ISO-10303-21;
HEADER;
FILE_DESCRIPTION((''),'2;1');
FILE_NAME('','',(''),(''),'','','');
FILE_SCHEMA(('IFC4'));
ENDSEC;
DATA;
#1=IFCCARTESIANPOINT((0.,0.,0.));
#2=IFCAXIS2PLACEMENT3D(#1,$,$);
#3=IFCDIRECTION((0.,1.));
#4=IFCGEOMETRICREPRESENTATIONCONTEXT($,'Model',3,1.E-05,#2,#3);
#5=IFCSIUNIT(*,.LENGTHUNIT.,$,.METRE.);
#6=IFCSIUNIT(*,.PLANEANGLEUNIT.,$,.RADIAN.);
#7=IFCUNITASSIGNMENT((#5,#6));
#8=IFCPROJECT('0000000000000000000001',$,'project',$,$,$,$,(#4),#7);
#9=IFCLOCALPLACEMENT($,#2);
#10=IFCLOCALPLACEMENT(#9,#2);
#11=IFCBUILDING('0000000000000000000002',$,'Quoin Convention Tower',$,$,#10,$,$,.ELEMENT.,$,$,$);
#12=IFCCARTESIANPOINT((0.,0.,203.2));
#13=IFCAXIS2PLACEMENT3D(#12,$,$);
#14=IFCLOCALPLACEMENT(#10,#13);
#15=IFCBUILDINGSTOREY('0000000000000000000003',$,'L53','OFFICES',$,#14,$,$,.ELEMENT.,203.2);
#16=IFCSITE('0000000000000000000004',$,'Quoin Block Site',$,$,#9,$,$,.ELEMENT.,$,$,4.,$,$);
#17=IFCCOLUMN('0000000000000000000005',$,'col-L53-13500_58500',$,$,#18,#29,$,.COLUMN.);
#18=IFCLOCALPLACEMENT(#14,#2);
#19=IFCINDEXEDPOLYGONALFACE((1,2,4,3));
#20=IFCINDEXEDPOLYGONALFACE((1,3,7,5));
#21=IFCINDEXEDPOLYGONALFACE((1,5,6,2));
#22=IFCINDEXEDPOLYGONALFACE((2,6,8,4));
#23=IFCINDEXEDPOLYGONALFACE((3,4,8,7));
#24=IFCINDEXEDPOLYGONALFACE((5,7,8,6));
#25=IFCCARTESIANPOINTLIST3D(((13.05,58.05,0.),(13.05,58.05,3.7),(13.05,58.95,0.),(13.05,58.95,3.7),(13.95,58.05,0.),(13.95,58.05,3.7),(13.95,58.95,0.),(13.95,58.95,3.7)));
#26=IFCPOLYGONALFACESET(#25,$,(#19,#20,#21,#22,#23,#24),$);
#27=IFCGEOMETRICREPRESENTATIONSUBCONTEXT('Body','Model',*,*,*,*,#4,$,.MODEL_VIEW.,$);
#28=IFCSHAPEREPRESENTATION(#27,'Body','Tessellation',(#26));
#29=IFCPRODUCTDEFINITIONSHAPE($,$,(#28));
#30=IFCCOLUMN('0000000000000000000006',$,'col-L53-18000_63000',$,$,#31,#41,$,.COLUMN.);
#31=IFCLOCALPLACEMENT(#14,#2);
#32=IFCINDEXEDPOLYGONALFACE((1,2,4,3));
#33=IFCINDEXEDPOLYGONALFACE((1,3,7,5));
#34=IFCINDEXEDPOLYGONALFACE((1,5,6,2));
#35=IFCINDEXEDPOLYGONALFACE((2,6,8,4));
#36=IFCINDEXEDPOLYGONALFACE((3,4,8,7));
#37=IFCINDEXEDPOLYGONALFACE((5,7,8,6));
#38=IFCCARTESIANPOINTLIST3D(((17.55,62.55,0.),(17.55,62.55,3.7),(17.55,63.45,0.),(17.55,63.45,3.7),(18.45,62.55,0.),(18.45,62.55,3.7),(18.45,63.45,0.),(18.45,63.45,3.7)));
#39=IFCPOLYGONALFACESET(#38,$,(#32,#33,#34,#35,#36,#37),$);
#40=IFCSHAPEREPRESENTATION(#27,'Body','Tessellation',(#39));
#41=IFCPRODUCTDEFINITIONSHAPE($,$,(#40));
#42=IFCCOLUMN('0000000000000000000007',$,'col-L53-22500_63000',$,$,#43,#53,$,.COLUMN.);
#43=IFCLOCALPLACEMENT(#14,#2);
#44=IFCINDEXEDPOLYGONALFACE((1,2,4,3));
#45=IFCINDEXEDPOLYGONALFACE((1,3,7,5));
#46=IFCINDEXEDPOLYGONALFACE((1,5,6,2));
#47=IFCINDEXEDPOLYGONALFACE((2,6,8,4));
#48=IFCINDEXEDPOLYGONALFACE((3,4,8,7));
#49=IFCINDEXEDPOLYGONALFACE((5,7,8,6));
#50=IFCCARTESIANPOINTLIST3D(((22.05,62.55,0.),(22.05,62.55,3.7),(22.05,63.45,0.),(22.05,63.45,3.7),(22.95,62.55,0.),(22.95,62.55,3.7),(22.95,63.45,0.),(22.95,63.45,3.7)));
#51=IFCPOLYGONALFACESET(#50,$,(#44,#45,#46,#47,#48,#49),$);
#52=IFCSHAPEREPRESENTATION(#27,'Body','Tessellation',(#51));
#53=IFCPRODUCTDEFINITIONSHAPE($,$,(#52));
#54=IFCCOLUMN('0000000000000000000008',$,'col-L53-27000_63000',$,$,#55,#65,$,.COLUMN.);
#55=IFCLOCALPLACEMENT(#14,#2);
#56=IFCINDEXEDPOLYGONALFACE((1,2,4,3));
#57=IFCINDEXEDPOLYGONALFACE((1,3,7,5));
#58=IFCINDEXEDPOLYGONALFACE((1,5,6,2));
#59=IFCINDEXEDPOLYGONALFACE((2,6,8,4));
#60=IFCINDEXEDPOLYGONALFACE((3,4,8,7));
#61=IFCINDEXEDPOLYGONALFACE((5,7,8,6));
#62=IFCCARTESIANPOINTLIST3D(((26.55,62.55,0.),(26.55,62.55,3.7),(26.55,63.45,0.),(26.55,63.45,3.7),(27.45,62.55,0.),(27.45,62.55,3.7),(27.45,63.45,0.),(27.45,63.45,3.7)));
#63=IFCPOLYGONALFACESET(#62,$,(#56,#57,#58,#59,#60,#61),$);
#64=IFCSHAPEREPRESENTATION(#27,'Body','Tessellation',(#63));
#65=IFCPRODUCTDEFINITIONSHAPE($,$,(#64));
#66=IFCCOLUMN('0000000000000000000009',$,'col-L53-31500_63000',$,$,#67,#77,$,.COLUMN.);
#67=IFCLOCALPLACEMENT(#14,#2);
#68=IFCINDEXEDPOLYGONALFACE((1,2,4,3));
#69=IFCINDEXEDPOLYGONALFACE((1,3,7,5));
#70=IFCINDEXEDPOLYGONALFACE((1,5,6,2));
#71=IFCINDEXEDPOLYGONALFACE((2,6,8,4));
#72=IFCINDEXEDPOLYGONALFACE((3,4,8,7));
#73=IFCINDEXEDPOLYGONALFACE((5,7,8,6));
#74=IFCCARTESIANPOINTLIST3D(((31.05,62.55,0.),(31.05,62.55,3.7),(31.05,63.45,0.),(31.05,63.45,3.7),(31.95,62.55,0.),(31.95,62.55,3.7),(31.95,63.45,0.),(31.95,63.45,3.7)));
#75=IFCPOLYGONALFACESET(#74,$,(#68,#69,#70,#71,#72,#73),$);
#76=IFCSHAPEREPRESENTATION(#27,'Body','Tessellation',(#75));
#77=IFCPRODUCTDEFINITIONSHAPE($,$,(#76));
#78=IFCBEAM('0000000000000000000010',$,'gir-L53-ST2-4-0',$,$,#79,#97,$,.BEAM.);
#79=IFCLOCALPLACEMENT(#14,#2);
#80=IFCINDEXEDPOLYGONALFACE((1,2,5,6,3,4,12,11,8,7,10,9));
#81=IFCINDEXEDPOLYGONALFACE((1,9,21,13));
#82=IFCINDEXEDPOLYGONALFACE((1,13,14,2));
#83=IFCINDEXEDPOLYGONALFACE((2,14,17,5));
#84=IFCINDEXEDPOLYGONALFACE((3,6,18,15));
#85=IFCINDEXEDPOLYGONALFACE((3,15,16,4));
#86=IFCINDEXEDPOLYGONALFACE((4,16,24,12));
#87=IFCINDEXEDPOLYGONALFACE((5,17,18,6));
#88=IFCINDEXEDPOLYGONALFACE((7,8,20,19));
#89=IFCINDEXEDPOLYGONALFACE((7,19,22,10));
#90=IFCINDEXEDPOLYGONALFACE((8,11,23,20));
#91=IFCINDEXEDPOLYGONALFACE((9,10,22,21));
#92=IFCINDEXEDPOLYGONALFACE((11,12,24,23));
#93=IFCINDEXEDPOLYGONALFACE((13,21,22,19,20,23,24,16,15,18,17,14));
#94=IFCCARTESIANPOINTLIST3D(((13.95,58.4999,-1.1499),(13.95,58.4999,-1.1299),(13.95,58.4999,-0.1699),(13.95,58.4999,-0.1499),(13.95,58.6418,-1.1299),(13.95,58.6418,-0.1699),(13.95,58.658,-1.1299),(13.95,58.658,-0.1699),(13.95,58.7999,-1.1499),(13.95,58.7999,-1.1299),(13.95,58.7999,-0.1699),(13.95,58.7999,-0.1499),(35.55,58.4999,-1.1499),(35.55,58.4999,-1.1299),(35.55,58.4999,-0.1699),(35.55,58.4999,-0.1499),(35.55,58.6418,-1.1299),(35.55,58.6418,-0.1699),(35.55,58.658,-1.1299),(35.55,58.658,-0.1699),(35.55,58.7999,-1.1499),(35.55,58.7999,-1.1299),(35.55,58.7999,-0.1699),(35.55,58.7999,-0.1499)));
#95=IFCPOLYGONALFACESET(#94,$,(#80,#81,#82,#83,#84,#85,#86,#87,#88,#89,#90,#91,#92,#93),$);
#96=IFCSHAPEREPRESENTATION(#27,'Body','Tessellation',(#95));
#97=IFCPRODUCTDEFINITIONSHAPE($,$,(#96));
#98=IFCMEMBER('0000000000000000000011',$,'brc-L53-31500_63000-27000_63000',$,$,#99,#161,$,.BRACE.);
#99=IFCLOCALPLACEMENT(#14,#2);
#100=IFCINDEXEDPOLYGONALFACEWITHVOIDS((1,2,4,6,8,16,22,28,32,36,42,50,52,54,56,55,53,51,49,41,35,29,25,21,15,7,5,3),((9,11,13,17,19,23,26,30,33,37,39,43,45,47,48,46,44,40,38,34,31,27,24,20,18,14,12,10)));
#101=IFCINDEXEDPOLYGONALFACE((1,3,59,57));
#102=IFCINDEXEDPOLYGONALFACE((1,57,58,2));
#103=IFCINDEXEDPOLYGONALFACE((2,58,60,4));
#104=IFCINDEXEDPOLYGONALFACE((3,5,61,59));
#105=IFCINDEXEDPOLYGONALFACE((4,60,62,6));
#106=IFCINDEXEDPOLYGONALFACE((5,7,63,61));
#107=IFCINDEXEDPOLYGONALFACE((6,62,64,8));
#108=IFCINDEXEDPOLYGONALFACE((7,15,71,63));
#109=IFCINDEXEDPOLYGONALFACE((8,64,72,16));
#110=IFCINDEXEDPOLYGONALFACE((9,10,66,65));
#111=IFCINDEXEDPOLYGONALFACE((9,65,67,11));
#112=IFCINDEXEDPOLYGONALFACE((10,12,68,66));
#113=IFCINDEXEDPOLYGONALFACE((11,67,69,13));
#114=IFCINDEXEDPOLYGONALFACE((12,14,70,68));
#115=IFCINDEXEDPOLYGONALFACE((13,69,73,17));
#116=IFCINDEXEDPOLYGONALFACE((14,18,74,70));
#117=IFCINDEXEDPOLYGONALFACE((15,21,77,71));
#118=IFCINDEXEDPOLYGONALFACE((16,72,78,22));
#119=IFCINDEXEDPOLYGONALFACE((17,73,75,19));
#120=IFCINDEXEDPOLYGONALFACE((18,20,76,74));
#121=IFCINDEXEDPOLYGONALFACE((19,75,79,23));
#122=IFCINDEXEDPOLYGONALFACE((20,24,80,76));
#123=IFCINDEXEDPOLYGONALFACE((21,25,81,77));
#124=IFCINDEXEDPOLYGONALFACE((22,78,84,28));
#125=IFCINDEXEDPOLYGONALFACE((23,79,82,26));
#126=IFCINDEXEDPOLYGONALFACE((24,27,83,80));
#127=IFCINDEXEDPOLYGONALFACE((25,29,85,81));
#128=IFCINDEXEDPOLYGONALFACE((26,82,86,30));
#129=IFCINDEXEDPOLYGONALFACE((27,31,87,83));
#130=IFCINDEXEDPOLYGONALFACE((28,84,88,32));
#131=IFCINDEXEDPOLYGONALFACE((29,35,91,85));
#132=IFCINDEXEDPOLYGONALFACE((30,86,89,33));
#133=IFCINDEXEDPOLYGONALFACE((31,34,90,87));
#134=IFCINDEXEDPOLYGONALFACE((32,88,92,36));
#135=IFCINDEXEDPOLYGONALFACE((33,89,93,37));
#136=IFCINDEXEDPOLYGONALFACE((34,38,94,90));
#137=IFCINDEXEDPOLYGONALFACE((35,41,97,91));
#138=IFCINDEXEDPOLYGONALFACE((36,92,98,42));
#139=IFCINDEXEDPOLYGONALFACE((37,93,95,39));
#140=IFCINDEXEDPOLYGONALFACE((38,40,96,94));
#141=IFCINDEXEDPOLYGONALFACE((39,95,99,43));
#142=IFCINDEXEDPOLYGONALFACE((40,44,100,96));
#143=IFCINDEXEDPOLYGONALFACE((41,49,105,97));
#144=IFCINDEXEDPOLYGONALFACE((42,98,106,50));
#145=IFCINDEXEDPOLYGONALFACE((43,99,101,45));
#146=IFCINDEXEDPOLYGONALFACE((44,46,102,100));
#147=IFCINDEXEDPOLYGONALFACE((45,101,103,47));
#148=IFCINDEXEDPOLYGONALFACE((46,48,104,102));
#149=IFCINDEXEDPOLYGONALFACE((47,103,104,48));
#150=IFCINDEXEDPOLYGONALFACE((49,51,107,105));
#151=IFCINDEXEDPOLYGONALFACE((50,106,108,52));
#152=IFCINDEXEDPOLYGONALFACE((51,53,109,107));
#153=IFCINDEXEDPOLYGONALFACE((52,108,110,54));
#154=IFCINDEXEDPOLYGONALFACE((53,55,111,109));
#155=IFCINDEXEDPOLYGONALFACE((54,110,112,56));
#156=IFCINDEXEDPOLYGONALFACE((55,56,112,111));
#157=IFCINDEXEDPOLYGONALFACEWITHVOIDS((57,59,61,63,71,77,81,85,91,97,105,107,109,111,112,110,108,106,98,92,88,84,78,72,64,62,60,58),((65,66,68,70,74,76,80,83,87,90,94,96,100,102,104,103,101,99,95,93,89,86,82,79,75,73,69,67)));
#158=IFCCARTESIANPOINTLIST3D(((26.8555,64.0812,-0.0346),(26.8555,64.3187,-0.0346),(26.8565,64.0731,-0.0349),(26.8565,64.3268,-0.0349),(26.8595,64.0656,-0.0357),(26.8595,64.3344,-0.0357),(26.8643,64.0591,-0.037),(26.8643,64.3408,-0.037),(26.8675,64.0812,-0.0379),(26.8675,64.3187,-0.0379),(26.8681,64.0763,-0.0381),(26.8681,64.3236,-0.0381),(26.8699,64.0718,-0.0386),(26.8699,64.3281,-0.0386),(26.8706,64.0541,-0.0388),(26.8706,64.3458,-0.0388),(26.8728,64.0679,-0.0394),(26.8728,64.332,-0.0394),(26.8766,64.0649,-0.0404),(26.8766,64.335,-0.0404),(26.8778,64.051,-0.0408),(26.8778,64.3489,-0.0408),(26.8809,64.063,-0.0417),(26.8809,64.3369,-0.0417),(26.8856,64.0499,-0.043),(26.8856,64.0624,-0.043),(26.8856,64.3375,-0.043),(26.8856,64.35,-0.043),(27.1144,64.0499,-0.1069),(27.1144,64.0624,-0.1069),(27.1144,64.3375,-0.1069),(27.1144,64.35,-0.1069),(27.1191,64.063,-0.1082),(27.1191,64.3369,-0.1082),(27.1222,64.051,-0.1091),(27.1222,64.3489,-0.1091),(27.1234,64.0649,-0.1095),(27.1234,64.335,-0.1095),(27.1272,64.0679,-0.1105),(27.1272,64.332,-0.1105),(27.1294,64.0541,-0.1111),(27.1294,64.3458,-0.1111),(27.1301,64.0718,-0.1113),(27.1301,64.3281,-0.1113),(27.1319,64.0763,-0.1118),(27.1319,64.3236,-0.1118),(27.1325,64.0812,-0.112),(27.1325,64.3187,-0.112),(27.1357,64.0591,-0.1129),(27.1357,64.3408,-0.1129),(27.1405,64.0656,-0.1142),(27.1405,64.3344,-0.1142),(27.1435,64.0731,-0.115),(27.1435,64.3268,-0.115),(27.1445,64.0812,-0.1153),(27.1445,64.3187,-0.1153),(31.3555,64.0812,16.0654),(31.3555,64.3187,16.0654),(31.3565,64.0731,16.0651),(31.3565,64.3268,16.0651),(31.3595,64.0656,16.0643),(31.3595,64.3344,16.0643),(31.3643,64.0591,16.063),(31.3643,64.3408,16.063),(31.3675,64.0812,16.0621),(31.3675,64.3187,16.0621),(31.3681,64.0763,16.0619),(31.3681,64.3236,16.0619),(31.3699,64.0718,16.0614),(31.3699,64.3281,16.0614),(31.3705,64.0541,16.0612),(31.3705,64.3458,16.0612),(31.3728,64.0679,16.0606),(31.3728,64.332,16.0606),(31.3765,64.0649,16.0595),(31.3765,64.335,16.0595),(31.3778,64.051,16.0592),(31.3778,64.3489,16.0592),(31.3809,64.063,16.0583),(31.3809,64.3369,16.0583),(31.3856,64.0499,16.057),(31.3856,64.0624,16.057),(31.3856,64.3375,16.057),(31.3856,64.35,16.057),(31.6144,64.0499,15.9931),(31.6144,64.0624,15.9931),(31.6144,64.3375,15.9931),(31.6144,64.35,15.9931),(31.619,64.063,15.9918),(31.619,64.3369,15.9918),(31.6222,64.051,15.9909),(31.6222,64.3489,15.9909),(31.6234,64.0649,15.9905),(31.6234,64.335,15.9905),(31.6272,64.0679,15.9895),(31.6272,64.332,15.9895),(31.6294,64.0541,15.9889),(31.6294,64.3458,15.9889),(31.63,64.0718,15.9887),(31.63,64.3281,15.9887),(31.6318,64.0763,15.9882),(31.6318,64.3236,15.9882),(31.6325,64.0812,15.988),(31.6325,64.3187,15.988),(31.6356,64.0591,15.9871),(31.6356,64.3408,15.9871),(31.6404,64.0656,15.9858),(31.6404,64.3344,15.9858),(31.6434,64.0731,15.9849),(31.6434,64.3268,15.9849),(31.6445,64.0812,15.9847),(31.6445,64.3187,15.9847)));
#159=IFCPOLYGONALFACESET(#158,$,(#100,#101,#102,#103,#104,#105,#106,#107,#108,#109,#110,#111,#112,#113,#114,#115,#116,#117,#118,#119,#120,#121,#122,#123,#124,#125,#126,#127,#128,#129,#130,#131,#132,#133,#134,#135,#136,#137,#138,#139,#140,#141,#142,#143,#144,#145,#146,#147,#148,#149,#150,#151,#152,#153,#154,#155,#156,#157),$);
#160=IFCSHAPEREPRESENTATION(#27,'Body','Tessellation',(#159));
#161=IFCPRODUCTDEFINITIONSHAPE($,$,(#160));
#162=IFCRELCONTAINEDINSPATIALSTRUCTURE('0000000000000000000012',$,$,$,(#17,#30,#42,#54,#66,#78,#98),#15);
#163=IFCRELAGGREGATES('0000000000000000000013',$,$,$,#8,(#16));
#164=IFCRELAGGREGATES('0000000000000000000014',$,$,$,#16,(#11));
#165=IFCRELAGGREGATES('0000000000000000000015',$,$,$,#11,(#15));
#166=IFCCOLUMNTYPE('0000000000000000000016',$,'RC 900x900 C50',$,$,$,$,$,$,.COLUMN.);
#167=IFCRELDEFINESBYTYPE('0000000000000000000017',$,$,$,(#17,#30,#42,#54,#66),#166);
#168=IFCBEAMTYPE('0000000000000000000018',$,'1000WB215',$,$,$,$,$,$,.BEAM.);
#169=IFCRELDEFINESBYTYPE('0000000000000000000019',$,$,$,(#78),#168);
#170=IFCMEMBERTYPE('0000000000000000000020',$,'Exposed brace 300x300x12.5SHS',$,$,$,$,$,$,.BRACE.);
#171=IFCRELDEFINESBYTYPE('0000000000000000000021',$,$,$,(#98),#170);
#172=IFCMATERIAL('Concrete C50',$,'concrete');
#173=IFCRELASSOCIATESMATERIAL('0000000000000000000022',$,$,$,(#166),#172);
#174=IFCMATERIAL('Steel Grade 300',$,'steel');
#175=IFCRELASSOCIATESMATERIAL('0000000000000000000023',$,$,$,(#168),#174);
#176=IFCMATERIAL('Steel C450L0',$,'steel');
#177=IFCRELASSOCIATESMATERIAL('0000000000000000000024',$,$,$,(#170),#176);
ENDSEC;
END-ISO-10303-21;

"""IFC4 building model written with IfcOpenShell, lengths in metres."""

from ifc_helpers import new_model, si_unit, direction, frame, origin, origin_2d, place, context, subcontext, project, spatial, rectangle, hollow_rectangle, i_section, extrude, material, material_profile, profile_set, type_object, element, save


model = new_model("IFC4")

# Units and contexts
model_context = context("Model", 3, precision=1e-05, world=origin(), true_north=direction((0.0, 1.0)))
body_context = subcontext(model_context, "Body", "Model", "MODEL_VIEW")
ifc_project = project(units=[si_unit("LENGTHUNIT", "METRE"), si_unit("PLANEANGLEUNIT", "RADIAN")], contexts=[model_context])

# Site, building, storey
site_placement = place(None, origin())
site = spatial("IfcSite", under=ifc_project, at=site_placement, Name="Quoin Block Site", CompositionType="ELEMENT", RefElevation=4.0)
building_placement = place(site_placement, origin())
building = spatial("IfcBuilding", under=site, at=building_placement, Name="Quoin Convention Tower", CompositionType="ELEMENT")
storey_placement = place(building_placement, frame((0.0, 0.0, 203.2)))
storey = spatial("IfcBuildingStorey", under=building, at=storey_placement, Name="L53", Description="OFFICES", CompositionType="ELEMENT", Elevation=203.2)

# Columns
ifc_material_1 = material(Name="Concrete C50", Category="concrete")
ifc_material_profile_1 = material_profile(ifc_material_1, rectangle(XDim=0.8999, YDim=0.8999, at=origin_2d()), Name="RC 900x900")
ifc_profile_set_1 = profile_set([ifc_material_profile_1], Name="Concrete C50")
column_type = type_object("IfcColumnType", Name="RC 900x900 C50", PredefinedType="COLUMN", material=ifc_profile_set_1)
for number, where, z_axis, x_axis, name in (
    (1, (13.5, 58.5, 0.0), (0.0, 0.0, 1.0), (1.0, 0.0, 0.0), "col-L53-13500_58500"),
    (2, (18.0, 63.0, 0.0), (0.0, 0.0, 1.0), (1.0, 0.0, 0.0), "col-L53-18000_63000"),
    (3, (22.5, 63.0, 0.0), (0.0, 0.0, 1.0), (1.0, 0.0, 0.0), "col-L53-22500_63000"),
    (4, (27.0, 63.0, 0.0), (0.0, 0.0, 1.0), (1.0, 0.0, 0.0), "col-L53-27000_63000"),
    (5, (31.5, 63.0, 0.0), (0.0, 0.0, 1.0), (1.0, 0.0, 0.0), "col-L53-31500_63000"),
):
    element("IfcColumn", number, at=place(storey_placement, frame(where, z_axis=z_axis, x_axis=x_axis)), inside=storey, type_object=column_type, Name=name, PredefinedType="COLUMN", context=body_context, shape_type="SweptSolid", body=[
        extrude(rectangle(XDim=0.8999, YDim=0.8999, at=origin_2d()), origin(), (0.0, 0.0, 1.0), 3.7),
    ])

# Beam
ifc_material_2 = material(Name="Steel Grade 300", Category="steel")
ifc_material_profile_2 = material_profile(ifc_material_2, i_section(OverallWidth=0.3, OverallDepth=1.0, WebThickness=0.0161, FlangeThickness=0.02, at=origin_2d()), Name="1000WB215")
ifc_profile_set_2 = profile_set([ifc_material_profile_2], Name="Steel Grade 300")
beam_type_1 = type_object("IfcBeamType", Name="1000WB215", PredefinedType="BEAM", material=ifc_profile_set_2)
beam_1_placement = place(storey_placement, frame((13.95, 58.6499, -0.6499), z_axis=(1.0, 0.0, 0.0), x_axis=(0.0, 1.0, 0.0)))
element("IfcBeam", 6, at=beam_1_placement, inside=storey, type_object=beam_type_1, Name="gir-L53-ST2-4-0", PredefinedType="BEAM", context=body_context, shape_type="SweptSolid", body=[
    extrude(i_section(OverallWidth=0.3, OverallDepth=1.0, WebThickness=0.0161, FlangeThickness=0.02, at=origin_2d()), origin(), (0.0, 0.0, 1.0), 21.6001),
])

# Member
ifc_material_3 = material(Name="Steel C450L0", Category="steel")
ifc_material_profile_3 = material_profile(ifc_material_3, hollow_rectangle(XDim=0.3, YDim=0.3, WallThickness=0.0125, InnerFilletRadius=0.0188, OuterFilletRadius=0.0312, at=origin_2d()), Name="300x300x12.5SHS")
ifc_profile_set_3 = profile_set([ifc_material_profile_3], Name="Steel C450L0")
member_type = type_object("IfcMemberType", Name="Exposed brace 300x300x12.5SHS", PredefinedType="BRACE", material=ifc_profile_set_3)
for number, where, z_axis, x_axis, name in (
    (7, (27.0, 64.2, -0.075), (0.269185, 0.0, 0.963089), (0.0, 1.0, 0.0), "brc-L53-31500_63000-27000_63000"),
):
    element("IfcMember", number, at=place(storey_placement, frame(where, z_axis=z_axis, x_axis=x_axis)), inside=storey, type_object=member_type, Name=name, PredefinedType="BRACE", context=body_context, shape_type="SweptSolid", body=[
        extrude(hollow_rectangle(XDim=0.3, YDim=0.3, WallThickness=0.0125, InnerFilletRadius=0.0188, OuterFilletRadius=0.0312, at=origin_2d()), origin(), (0.0, 0.0, 1.0), 16.717),
    ])

save(model, "model.ifc")
